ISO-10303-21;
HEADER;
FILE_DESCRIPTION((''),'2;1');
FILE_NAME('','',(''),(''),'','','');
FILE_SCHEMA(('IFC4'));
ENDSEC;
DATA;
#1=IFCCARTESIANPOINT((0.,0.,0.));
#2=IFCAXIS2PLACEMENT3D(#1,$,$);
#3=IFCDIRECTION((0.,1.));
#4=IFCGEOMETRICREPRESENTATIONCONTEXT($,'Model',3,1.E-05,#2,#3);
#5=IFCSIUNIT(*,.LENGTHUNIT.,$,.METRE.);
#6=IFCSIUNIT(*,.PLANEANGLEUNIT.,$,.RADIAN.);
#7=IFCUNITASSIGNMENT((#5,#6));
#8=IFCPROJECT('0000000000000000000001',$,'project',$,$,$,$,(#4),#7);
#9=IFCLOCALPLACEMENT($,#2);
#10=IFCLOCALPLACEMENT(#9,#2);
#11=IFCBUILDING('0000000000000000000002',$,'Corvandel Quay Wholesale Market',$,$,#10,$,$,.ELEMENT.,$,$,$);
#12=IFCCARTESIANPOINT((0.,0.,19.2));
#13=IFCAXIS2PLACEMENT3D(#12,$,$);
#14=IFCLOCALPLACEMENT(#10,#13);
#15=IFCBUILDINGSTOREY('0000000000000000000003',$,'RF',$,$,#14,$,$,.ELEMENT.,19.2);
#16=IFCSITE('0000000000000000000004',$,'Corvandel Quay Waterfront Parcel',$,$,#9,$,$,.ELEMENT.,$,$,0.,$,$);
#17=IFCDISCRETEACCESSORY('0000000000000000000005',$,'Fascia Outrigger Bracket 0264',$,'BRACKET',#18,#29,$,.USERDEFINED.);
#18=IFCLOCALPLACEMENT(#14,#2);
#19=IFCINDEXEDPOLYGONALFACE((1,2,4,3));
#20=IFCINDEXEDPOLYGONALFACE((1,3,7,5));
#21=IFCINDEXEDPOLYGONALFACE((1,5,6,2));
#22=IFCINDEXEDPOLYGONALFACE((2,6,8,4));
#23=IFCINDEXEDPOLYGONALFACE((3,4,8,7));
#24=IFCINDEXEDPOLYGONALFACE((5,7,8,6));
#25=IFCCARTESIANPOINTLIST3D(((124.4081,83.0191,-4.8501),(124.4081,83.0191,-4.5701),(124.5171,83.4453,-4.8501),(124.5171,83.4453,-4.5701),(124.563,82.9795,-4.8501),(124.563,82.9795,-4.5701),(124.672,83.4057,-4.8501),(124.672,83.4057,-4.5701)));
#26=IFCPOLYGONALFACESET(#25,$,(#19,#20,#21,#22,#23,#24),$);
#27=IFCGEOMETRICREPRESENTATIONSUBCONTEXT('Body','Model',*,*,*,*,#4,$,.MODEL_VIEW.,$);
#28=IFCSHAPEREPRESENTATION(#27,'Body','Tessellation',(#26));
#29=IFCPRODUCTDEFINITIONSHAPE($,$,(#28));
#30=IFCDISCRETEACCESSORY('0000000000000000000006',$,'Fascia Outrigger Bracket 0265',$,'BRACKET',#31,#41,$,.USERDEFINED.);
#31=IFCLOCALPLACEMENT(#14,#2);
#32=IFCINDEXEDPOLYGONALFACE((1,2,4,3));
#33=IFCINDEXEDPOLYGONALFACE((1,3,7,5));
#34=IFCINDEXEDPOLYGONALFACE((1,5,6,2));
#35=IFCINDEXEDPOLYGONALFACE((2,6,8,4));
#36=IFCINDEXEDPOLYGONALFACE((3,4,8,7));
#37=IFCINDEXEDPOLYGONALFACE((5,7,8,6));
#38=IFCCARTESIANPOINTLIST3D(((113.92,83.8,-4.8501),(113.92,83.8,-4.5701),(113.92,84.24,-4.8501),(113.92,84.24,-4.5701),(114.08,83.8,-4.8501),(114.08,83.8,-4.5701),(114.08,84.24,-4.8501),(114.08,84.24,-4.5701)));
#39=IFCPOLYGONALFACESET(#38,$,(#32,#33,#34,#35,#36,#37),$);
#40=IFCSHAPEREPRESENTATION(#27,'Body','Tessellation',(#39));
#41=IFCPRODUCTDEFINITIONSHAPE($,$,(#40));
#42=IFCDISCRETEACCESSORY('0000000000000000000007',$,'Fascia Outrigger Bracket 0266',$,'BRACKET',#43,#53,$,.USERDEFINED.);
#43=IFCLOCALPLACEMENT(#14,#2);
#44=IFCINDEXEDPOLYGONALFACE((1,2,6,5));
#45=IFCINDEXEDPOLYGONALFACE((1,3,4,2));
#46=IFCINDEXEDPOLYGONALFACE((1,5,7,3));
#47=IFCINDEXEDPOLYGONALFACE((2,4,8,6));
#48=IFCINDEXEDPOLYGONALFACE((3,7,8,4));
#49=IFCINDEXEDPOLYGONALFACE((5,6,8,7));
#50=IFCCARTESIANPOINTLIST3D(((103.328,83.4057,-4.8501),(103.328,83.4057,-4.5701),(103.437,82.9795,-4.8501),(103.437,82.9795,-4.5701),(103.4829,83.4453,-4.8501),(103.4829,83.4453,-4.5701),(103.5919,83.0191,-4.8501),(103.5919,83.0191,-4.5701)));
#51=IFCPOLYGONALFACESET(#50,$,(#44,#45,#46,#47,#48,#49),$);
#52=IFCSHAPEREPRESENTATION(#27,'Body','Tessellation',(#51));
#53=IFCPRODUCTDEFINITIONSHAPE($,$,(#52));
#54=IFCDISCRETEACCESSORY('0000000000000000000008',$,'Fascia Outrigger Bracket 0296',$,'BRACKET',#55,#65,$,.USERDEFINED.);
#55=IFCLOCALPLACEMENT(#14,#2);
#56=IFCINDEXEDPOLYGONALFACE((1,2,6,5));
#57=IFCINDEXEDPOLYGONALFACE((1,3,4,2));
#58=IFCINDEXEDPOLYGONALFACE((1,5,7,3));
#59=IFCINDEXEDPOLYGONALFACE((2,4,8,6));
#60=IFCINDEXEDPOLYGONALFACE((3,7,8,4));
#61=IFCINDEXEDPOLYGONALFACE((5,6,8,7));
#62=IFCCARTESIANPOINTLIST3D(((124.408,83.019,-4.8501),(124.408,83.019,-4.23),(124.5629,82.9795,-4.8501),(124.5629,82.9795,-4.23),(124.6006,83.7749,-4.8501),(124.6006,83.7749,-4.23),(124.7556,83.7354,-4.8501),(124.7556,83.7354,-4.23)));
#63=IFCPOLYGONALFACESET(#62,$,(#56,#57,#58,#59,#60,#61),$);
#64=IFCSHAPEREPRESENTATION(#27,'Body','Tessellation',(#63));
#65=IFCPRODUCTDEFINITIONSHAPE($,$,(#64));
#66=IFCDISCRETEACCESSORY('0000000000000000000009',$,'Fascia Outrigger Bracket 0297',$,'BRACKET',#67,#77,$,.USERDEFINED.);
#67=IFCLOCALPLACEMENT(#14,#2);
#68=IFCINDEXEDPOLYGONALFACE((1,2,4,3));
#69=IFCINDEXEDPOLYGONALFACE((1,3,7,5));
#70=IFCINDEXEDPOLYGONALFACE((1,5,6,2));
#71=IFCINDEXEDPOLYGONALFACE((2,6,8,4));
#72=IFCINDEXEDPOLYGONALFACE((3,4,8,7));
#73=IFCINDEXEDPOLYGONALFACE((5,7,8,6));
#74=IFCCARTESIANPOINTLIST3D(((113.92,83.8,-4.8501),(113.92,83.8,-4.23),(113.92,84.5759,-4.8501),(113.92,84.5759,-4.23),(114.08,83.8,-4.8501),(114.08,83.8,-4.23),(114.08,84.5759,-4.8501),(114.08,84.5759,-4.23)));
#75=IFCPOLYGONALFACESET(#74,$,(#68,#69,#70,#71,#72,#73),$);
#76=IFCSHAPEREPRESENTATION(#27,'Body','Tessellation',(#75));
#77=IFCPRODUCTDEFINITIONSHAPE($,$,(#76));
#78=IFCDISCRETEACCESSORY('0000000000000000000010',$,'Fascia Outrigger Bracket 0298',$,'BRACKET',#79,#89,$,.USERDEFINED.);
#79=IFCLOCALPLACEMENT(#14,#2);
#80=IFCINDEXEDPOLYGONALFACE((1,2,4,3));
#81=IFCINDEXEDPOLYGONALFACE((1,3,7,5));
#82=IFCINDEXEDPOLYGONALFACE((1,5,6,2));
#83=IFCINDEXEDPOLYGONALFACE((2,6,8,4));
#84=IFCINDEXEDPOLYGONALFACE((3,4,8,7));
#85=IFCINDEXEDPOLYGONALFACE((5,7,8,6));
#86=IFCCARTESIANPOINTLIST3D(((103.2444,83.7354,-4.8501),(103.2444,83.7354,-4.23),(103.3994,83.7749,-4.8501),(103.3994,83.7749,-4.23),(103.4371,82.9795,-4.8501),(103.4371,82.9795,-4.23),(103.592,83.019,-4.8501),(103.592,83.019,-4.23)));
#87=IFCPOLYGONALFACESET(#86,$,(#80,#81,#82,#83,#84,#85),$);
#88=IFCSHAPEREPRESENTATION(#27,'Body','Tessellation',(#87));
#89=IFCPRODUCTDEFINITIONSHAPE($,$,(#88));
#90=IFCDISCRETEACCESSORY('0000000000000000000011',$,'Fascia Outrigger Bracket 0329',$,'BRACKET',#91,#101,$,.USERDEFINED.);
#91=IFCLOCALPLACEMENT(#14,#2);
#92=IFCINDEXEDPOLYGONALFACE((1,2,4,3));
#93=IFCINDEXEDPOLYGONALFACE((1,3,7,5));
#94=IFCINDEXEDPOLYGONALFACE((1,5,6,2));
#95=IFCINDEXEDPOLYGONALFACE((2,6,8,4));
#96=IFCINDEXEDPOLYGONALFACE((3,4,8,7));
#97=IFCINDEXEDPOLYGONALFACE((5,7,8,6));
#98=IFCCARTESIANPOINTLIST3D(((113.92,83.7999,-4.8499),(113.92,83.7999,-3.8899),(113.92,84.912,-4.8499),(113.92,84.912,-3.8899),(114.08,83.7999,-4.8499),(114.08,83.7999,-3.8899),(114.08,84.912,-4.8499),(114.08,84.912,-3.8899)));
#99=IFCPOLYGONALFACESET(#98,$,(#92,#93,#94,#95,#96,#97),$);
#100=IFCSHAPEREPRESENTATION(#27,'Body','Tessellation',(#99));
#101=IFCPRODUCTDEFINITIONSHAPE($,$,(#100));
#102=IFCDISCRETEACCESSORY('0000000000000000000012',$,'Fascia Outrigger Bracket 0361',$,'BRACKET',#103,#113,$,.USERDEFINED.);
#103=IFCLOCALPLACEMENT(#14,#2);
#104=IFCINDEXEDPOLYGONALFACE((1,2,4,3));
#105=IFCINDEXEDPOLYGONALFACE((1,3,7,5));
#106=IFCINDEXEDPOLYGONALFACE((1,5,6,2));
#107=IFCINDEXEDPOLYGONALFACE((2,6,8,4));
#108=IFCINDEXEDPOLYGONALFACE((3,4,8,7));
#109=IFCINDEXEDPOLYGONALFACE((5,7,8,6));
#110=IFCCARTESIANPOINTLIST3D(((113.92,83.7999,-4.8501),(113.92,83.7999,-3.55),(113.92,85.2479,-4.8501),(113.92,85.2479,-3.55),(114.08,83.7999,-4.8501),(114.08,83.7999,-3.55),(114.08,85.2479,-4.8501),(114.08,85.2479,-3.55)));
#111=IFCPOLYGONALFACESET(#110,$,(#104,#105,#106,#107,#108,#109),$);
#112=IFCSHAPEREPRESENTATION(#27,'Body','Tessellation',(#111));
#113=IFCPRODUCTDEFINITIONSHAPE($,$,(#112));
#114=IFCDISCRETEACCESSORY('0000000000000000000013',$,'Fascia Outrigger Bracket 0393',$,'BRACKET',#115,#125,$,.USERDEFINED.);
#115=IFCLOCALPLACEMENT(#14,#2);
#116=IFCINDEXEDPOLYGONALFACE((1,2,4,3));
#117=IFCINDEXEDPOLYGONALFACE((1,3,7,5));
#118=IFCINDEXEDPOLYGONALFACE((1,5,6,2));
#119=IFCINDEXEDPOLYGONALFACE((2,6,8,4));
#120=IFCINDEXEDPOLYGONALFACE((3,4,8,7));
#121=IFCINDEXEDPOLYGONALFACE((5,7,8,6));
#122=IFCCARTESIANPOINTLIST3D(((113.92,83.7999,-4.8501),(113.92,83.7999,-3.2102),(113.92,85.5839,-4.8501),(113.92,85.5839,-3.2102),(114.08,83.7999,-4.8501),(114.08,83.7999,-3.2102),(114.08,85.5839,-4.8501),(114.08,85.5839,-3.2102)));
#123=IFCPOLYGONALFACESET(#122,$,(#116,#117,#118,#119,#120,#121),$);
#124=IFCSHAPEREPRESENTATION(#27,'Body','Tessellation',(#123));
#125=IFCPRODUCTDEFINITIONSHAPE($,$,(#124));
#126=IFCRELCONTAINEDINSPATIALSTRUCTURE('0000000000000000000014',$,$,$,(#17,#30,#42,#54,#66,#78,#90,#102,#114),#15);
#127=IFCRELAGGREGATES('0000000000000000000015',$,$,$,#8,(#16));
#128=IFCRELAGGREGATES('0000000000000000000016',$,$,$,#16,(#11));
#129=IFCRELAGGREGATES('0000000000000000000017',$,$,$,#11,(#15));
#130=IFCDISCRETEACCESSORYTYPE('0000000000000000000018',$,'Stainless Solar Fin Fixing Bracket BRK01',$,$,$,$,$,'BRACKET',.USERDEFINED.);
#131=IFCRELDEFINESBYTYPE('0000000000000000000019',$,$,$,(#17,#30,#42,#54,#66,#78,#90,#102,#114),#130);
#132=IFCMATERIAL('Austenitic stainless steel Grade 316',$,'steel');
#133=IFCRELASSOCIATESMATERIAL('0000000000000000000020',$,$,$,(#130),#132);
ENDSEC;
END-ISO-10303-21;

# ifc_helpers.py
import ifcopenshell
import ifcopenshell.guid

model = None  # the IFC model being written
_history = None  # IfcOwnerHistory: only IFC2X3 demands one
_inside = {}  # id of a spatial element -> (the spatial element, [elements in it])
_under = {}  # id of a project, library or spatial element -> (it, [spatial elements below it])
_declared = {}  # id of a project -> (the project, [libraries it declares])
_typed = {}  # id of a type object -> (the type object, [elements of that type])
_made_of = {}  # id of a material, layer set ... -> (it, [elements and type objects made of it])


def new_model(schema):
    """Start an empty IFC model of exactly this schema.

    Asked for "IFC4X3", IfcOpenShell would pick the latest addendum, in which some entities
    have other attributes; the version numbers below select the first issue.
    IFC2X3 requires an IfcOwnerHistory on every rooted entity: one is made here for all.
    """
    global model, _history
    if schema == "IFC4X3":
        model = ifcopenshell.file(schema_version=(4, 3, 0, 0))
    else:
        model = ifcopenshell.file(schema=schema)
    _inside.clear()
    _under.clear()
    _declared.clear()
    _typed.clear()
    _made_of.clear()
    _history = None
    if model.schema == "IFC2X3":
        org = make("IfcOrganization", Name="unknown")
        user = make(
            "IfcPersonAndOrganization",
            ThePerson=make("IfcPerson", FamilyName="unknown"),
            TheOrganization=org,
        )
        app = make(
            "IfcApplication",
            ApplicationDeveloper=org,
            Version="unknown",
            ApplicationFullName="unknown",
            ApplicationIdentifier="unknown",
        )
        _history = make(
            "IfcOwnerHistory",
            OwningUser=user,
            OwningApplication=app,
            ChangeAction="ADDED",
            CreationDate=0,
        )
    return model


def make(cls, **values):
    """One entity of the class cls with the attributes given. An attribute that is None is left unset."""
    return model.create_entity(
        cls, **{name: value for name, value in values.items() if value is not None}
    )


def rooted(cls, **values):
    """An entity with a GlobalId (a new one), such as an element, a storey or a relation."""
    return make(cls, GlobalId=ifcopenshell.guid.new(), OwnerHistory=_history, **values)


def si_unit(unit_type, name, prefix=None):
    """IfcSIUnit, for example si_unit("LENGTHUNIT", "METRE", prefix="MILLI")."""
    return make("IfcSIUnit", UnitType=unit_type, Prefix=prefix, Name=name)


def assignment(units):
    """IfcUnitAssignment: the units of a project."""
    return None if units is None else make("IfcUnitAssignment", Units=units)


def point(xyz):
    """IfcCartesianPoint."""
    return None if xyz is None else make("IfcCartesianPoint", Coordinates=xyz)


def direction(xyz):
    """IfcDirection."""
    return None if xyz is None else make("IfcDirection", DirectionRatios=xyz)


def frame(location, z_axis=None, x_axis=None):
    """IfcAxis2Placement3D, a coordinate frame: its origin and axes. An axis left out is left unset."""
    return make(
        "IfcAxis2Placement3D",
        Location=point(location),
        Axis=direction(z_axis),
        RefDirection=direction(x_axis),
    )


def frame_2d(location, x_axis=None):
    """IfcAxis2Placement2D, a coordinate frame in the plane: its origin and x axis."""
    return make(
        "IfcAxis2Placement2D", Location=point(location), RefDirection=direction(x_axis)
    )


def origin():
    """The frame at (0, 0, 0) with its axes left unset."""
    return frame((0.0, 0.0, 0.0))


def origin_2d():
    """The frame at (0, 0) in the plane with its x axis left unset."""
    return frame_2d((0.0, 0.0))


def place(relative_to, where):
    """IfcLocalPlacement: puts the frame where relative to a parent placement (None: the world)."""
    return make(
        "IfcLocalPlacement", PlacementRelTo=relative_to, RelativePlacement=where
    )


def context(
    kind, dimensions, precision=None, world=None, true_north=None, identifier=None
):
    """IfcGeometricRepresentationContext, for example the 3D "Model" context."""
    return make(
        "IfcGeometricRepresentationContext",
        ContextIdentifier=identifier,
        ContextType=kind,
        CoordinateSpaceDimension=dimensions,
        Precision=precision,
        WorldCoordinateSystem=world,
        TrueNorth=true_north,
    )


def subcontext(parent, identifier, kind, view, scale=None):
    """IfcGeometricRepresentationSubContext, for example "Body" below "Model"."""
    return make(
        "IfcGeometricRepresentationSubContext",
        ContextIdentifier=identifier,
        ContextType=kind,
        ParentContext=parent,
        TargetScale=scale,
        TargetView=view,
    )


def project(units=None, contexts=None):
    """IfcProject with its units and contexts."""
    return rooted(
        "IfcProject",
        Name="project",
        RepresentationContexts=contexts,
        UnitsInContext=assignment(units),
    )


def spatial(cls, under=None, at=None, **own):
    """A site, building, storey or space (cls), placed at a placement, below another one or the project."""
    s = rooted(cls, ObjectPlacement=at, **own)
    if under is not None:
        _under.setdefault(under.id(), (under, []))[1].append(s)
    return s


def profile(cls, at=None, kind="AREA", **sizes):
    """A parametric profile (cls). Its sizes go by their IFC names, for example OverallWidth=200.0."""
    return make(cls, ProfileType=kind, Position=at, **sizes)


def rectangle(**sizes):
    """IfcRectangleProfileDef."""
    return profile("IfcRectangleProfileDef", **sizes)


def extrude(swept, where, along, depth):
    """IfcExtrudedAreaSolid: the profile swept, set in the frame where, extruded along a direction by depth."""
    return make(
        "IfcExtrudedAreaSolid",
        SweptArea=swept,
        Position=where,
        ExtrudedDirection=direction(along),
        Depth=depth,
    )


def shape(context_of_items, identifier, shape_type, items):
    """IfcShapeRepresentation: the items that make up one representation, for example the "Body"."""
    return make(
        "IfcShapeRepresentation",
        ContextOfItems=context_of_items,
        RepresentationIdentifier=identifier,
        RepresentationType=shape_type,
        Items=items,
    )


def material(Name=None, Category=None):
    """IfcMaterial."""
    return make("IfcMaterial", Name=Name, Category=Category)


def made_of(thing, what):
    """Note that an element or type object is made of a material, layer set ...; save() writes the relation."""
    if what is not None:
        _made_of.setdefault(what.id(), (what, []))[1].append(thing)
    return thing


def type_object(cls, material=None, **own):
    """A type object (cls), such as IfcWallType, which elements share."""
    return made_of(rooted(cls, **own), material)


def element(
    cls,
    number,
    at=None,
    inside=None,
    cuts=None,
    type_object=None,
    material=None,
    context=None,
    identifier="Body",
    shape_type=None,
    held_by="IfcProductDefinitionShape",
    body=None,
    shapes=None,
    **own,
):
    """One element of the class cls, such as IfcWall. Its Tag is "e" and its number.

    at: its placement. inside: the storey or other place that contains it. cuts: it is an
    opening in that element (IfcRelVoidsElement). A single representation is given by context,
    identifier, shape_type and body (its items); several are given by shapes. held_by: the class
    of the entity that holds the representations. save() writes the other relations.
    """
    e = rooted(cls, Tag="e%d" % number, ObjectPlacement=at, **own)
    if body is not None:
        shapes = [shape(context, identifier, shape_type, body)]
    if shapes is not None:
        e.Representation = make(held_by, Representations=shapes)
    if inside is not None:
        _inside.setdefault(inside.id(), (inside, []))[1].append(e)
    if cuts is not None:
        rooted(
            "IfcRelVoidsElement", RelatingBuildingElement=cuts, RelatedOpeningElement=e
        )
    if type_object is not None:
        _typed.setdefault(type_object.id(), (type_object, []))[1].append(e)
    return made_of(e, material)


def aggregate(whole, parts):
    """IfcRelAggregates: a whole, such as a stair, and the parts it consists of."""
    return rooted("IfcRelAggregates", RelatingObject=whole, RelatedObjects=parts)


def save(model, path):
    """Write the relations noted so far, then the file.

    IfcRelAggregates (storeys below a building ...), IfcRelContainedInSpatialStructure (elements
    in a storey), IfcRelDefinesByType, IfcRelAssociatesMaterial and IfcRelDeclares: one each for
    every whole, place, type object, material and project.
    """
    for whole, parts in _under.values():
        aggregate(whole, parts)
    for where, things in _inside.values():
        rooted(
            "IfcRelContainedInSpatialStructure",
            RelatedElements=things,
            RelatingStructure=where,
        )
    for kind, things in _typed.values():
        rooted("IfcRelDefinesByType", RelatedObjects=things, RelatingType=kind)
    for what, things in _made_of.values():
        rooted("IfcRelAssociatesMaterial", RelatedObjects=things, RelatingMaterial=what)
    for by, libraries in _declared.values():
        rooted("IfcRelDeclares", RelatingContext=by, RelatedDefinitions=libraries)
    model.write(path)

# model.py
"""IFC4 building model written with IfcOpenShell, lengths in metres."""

from ifc_helpers import new_model, si_unit, direction, frame, origin, origin_2d, place, context, subcontext, project, spatial, rectangle, extrude, material, type_object, element, save


model = new_model("IFC4")

# Units and contexts
model_context = context("Model", 3, precision=1e-05, world=origin(), true_north=direction((0.0, 1.0)))
body_context = subcontext(model_context, "Body", "Model", "MODEL_VIEW")
ifc_project = project(units=[si_unit("LENGTHUNIT", "METRE"), si_unit("PLANEANGLEUNIT", "RADIAN")], contexts=[model_context])

# Site, building, storey
site_placement = place(None, origin())
site = spatial("IfcSite", under=ifc_project, at=site_placement, Name="Corvandel Quay Waterfront Parcel", CompositionType="ELEMENT", RefElevation=0.0)
building_placement = place(site_placement, origin())
building = spatial("IfcBuilding", under=site, at=building_placement, Name="Corvandel Quay Wholesale Market", CompositionType="ELEMENT")
storey_placement = place(building_placement, frame((0.0, 0.0, 19.2)))
storey = spatial("IfcBuildingStorey", under=building, at=storey_placement, Name="RF", CompositionType="ELEMENT", Elevation=19.2)

# Discrete accessories
ifc_material_1 = material(Name="Austenitic stainless steel Grade 316", Category="steel")
discrete_accessory_type = type_object("IfcDiscreteAccessoryType", Name="Stainless Solar Fin Fixing Bracket BRK01", ElementType="BRACKET", PredefinedType="USERDEFINED", material=ifc_material_1)
for number, where, z_axis, x_axis, name in (
    (1, (124.54, 83.2124, -4.8501), (0.0, 0.0, 1.0), (0.247845, 0.9688, 0.0), "Fascia Outrigger Bracket 0264"),
    (2, (114.0, 84.02, -4.8501), (0.0, 0.0, 1.0), (0.0, 1.0, 0.0), "Fascia Outrigger Bracket 0265"),
    (3, (103.46, 83.2124, -4.8501), (0.0, 0.0, 1.0), (-0.247845, 0.9688, 0.0), "Fascia Outrigger Bracket 0266"),
):
    element("IfcDiscreteAccessory", number, at=place(storey_placement, frame(where, z_axis=z_axis, x_axis=x_axis)), inside=storey, type_object=discrete_accessory_type, Name=name, ObjectType="BRACKET", PredefinedType="USERDEFINED", context=body_context, shape_type="SweptSolid", body=[
        extrude(rectangle(XDim=0.4399, YDim=0.1599, at=origin_2d()), origin(), (0.0, 0.0, 1.0), 0.28),
    ])
discrete_accessory_1_placement = place(storey_placement, frame((124.5818, 83.3772, -4.8501), z_axis=(0.0, 0.0, 1.0), x_axis=(0.246999, 0.969016, 0.0)))
element("IfcDiscreteAccessory", 4, at=discrete_accessory_1_placement, inside=storey, type_object=discrete_accessory_type, Name="Fascia Outrigger Bracket 0296", ObjectType="BRACKET", PredefinedType="USERDEFINED", context=body_context, shape_type="SweptSolid", body=[
    extrude(rectangle(XDim=0.78, YDim=0.1599, at=origin_2d()), origin(), (0.0, 0.0, 1.0), 0.6201),
])
discrete_accessory_2_placement = place(storey_placement, frame((114.0, 84.188, -4.8501), z_axis=(0.0, 0.0, 1.0), x_axis=(0.0, 1.0, 0.0)))
element("IfcDiscreteAccessory", 5, at=discrete_accessory_2_placement, inside=storey, type_object=discrete_accessory_type, Name="Fascia Outrigger Bracket 0297", ObjectType="BRACKET", PredefinedType="USERDEFINED", context=body_context, shape_type="SweptSolid", body=[
    extrude(rectangle(XDim=0.7759, YDim=0.1599, at=origin_2d()), origin(), (0.0, 0.0, 1.0), 0.6201),
])
discrete_accessory_3_placement = place(storey_placement, frame((103.4182, 83.3772, -4.8501), z_axis=(0.0, 0.0, 1.0), x_axis=(-0.246999, 0.969016, 0.0)))
element("IfcDiscreteAccessory", 6, at=discrete_accessory_3_placement, inside=storey, type_object=discrete_accessory_type, Name="Fascia Outrigger Bracket 0298", ObjectType="BRACKET", PredefinedType="USERDEFINED", context=body_context, shape_type="SweptSolid", body=[
    extrude(rectangle(XDim=0.78, YDim=0.1599, at=origin_2d()), origin(), (0.0, 0.0, 1.0), 0.6201),
])
discrete_accessory_4_placement = place(storey_placement, frame((114.0, 84.356, -4.8499), z_axis=(0.0, 0.0, 1.0), x_axis=(0.0, 1.0, 0.0)))
element("IfcDiscreteAccessory", 7, at=discrete_accessory_4_placement, inside=storey, type_object=discrete_accessory_type, Name="Fascia Outrigger Bracket 0329", ObjectType="BRACKET", PredefinedType="USERDEFINED", context=body_context, shape_type="SweptSolid", body=[
    extrude(rectangle(XDim=1.1121, YDim=0.1599, at=origin_2d()), origin(), (0.0, 0.0, 1.0), 0.96),
])
discrete_accessory_5_placement = place(storey_placement, frame((114.0, 84.5239, -4.8501), z_axis=(0.0, 0.0, 1.0), x_axis=(0.0, 1.0, 0.0)))
element("IfcDiscreteAccessory", 8, at=discrete_accessory_5_placement, inside=storey, type_object=discrete_accessory_type, Name="Fascia Outrigger Bracket 0361", ObjectType="BRACKET", PredefinedType="USERDEFINED", context=body_context, shape_type="SweptSolid", body=[
    extrude(rectangle(XDim=1.448, YDim=0.1599, at=origin_2d()), origin(), (0.0, 0.0, 1.0), 1.3),
])
discrete_accessory_6_placement = place(storey_placement, frame((114.0, 84.6919, -4.8501), z_axis=(0.0, 0.0, 1.0), x_axis=(0.0, 1.0, 0.0)))
element("IfcDiscreteAccessory", 9, at=discrete_accessory_6_placement, inside=storey, type_object=discrete_accessory_type, Name="Fascia Outrigger Bracket 0393", ObjectType="BRACKET", PredefinedType="USERDEFINED", context=body_context, shape_type="SweptSolid", body=[
    extrude(rectangle(XDim=1.7839, YDim=0.1599, at=origin_2d()), origin(), (0.0, 0.0, 1.0), 1.6399),
])

save(model, "model.ifc")
